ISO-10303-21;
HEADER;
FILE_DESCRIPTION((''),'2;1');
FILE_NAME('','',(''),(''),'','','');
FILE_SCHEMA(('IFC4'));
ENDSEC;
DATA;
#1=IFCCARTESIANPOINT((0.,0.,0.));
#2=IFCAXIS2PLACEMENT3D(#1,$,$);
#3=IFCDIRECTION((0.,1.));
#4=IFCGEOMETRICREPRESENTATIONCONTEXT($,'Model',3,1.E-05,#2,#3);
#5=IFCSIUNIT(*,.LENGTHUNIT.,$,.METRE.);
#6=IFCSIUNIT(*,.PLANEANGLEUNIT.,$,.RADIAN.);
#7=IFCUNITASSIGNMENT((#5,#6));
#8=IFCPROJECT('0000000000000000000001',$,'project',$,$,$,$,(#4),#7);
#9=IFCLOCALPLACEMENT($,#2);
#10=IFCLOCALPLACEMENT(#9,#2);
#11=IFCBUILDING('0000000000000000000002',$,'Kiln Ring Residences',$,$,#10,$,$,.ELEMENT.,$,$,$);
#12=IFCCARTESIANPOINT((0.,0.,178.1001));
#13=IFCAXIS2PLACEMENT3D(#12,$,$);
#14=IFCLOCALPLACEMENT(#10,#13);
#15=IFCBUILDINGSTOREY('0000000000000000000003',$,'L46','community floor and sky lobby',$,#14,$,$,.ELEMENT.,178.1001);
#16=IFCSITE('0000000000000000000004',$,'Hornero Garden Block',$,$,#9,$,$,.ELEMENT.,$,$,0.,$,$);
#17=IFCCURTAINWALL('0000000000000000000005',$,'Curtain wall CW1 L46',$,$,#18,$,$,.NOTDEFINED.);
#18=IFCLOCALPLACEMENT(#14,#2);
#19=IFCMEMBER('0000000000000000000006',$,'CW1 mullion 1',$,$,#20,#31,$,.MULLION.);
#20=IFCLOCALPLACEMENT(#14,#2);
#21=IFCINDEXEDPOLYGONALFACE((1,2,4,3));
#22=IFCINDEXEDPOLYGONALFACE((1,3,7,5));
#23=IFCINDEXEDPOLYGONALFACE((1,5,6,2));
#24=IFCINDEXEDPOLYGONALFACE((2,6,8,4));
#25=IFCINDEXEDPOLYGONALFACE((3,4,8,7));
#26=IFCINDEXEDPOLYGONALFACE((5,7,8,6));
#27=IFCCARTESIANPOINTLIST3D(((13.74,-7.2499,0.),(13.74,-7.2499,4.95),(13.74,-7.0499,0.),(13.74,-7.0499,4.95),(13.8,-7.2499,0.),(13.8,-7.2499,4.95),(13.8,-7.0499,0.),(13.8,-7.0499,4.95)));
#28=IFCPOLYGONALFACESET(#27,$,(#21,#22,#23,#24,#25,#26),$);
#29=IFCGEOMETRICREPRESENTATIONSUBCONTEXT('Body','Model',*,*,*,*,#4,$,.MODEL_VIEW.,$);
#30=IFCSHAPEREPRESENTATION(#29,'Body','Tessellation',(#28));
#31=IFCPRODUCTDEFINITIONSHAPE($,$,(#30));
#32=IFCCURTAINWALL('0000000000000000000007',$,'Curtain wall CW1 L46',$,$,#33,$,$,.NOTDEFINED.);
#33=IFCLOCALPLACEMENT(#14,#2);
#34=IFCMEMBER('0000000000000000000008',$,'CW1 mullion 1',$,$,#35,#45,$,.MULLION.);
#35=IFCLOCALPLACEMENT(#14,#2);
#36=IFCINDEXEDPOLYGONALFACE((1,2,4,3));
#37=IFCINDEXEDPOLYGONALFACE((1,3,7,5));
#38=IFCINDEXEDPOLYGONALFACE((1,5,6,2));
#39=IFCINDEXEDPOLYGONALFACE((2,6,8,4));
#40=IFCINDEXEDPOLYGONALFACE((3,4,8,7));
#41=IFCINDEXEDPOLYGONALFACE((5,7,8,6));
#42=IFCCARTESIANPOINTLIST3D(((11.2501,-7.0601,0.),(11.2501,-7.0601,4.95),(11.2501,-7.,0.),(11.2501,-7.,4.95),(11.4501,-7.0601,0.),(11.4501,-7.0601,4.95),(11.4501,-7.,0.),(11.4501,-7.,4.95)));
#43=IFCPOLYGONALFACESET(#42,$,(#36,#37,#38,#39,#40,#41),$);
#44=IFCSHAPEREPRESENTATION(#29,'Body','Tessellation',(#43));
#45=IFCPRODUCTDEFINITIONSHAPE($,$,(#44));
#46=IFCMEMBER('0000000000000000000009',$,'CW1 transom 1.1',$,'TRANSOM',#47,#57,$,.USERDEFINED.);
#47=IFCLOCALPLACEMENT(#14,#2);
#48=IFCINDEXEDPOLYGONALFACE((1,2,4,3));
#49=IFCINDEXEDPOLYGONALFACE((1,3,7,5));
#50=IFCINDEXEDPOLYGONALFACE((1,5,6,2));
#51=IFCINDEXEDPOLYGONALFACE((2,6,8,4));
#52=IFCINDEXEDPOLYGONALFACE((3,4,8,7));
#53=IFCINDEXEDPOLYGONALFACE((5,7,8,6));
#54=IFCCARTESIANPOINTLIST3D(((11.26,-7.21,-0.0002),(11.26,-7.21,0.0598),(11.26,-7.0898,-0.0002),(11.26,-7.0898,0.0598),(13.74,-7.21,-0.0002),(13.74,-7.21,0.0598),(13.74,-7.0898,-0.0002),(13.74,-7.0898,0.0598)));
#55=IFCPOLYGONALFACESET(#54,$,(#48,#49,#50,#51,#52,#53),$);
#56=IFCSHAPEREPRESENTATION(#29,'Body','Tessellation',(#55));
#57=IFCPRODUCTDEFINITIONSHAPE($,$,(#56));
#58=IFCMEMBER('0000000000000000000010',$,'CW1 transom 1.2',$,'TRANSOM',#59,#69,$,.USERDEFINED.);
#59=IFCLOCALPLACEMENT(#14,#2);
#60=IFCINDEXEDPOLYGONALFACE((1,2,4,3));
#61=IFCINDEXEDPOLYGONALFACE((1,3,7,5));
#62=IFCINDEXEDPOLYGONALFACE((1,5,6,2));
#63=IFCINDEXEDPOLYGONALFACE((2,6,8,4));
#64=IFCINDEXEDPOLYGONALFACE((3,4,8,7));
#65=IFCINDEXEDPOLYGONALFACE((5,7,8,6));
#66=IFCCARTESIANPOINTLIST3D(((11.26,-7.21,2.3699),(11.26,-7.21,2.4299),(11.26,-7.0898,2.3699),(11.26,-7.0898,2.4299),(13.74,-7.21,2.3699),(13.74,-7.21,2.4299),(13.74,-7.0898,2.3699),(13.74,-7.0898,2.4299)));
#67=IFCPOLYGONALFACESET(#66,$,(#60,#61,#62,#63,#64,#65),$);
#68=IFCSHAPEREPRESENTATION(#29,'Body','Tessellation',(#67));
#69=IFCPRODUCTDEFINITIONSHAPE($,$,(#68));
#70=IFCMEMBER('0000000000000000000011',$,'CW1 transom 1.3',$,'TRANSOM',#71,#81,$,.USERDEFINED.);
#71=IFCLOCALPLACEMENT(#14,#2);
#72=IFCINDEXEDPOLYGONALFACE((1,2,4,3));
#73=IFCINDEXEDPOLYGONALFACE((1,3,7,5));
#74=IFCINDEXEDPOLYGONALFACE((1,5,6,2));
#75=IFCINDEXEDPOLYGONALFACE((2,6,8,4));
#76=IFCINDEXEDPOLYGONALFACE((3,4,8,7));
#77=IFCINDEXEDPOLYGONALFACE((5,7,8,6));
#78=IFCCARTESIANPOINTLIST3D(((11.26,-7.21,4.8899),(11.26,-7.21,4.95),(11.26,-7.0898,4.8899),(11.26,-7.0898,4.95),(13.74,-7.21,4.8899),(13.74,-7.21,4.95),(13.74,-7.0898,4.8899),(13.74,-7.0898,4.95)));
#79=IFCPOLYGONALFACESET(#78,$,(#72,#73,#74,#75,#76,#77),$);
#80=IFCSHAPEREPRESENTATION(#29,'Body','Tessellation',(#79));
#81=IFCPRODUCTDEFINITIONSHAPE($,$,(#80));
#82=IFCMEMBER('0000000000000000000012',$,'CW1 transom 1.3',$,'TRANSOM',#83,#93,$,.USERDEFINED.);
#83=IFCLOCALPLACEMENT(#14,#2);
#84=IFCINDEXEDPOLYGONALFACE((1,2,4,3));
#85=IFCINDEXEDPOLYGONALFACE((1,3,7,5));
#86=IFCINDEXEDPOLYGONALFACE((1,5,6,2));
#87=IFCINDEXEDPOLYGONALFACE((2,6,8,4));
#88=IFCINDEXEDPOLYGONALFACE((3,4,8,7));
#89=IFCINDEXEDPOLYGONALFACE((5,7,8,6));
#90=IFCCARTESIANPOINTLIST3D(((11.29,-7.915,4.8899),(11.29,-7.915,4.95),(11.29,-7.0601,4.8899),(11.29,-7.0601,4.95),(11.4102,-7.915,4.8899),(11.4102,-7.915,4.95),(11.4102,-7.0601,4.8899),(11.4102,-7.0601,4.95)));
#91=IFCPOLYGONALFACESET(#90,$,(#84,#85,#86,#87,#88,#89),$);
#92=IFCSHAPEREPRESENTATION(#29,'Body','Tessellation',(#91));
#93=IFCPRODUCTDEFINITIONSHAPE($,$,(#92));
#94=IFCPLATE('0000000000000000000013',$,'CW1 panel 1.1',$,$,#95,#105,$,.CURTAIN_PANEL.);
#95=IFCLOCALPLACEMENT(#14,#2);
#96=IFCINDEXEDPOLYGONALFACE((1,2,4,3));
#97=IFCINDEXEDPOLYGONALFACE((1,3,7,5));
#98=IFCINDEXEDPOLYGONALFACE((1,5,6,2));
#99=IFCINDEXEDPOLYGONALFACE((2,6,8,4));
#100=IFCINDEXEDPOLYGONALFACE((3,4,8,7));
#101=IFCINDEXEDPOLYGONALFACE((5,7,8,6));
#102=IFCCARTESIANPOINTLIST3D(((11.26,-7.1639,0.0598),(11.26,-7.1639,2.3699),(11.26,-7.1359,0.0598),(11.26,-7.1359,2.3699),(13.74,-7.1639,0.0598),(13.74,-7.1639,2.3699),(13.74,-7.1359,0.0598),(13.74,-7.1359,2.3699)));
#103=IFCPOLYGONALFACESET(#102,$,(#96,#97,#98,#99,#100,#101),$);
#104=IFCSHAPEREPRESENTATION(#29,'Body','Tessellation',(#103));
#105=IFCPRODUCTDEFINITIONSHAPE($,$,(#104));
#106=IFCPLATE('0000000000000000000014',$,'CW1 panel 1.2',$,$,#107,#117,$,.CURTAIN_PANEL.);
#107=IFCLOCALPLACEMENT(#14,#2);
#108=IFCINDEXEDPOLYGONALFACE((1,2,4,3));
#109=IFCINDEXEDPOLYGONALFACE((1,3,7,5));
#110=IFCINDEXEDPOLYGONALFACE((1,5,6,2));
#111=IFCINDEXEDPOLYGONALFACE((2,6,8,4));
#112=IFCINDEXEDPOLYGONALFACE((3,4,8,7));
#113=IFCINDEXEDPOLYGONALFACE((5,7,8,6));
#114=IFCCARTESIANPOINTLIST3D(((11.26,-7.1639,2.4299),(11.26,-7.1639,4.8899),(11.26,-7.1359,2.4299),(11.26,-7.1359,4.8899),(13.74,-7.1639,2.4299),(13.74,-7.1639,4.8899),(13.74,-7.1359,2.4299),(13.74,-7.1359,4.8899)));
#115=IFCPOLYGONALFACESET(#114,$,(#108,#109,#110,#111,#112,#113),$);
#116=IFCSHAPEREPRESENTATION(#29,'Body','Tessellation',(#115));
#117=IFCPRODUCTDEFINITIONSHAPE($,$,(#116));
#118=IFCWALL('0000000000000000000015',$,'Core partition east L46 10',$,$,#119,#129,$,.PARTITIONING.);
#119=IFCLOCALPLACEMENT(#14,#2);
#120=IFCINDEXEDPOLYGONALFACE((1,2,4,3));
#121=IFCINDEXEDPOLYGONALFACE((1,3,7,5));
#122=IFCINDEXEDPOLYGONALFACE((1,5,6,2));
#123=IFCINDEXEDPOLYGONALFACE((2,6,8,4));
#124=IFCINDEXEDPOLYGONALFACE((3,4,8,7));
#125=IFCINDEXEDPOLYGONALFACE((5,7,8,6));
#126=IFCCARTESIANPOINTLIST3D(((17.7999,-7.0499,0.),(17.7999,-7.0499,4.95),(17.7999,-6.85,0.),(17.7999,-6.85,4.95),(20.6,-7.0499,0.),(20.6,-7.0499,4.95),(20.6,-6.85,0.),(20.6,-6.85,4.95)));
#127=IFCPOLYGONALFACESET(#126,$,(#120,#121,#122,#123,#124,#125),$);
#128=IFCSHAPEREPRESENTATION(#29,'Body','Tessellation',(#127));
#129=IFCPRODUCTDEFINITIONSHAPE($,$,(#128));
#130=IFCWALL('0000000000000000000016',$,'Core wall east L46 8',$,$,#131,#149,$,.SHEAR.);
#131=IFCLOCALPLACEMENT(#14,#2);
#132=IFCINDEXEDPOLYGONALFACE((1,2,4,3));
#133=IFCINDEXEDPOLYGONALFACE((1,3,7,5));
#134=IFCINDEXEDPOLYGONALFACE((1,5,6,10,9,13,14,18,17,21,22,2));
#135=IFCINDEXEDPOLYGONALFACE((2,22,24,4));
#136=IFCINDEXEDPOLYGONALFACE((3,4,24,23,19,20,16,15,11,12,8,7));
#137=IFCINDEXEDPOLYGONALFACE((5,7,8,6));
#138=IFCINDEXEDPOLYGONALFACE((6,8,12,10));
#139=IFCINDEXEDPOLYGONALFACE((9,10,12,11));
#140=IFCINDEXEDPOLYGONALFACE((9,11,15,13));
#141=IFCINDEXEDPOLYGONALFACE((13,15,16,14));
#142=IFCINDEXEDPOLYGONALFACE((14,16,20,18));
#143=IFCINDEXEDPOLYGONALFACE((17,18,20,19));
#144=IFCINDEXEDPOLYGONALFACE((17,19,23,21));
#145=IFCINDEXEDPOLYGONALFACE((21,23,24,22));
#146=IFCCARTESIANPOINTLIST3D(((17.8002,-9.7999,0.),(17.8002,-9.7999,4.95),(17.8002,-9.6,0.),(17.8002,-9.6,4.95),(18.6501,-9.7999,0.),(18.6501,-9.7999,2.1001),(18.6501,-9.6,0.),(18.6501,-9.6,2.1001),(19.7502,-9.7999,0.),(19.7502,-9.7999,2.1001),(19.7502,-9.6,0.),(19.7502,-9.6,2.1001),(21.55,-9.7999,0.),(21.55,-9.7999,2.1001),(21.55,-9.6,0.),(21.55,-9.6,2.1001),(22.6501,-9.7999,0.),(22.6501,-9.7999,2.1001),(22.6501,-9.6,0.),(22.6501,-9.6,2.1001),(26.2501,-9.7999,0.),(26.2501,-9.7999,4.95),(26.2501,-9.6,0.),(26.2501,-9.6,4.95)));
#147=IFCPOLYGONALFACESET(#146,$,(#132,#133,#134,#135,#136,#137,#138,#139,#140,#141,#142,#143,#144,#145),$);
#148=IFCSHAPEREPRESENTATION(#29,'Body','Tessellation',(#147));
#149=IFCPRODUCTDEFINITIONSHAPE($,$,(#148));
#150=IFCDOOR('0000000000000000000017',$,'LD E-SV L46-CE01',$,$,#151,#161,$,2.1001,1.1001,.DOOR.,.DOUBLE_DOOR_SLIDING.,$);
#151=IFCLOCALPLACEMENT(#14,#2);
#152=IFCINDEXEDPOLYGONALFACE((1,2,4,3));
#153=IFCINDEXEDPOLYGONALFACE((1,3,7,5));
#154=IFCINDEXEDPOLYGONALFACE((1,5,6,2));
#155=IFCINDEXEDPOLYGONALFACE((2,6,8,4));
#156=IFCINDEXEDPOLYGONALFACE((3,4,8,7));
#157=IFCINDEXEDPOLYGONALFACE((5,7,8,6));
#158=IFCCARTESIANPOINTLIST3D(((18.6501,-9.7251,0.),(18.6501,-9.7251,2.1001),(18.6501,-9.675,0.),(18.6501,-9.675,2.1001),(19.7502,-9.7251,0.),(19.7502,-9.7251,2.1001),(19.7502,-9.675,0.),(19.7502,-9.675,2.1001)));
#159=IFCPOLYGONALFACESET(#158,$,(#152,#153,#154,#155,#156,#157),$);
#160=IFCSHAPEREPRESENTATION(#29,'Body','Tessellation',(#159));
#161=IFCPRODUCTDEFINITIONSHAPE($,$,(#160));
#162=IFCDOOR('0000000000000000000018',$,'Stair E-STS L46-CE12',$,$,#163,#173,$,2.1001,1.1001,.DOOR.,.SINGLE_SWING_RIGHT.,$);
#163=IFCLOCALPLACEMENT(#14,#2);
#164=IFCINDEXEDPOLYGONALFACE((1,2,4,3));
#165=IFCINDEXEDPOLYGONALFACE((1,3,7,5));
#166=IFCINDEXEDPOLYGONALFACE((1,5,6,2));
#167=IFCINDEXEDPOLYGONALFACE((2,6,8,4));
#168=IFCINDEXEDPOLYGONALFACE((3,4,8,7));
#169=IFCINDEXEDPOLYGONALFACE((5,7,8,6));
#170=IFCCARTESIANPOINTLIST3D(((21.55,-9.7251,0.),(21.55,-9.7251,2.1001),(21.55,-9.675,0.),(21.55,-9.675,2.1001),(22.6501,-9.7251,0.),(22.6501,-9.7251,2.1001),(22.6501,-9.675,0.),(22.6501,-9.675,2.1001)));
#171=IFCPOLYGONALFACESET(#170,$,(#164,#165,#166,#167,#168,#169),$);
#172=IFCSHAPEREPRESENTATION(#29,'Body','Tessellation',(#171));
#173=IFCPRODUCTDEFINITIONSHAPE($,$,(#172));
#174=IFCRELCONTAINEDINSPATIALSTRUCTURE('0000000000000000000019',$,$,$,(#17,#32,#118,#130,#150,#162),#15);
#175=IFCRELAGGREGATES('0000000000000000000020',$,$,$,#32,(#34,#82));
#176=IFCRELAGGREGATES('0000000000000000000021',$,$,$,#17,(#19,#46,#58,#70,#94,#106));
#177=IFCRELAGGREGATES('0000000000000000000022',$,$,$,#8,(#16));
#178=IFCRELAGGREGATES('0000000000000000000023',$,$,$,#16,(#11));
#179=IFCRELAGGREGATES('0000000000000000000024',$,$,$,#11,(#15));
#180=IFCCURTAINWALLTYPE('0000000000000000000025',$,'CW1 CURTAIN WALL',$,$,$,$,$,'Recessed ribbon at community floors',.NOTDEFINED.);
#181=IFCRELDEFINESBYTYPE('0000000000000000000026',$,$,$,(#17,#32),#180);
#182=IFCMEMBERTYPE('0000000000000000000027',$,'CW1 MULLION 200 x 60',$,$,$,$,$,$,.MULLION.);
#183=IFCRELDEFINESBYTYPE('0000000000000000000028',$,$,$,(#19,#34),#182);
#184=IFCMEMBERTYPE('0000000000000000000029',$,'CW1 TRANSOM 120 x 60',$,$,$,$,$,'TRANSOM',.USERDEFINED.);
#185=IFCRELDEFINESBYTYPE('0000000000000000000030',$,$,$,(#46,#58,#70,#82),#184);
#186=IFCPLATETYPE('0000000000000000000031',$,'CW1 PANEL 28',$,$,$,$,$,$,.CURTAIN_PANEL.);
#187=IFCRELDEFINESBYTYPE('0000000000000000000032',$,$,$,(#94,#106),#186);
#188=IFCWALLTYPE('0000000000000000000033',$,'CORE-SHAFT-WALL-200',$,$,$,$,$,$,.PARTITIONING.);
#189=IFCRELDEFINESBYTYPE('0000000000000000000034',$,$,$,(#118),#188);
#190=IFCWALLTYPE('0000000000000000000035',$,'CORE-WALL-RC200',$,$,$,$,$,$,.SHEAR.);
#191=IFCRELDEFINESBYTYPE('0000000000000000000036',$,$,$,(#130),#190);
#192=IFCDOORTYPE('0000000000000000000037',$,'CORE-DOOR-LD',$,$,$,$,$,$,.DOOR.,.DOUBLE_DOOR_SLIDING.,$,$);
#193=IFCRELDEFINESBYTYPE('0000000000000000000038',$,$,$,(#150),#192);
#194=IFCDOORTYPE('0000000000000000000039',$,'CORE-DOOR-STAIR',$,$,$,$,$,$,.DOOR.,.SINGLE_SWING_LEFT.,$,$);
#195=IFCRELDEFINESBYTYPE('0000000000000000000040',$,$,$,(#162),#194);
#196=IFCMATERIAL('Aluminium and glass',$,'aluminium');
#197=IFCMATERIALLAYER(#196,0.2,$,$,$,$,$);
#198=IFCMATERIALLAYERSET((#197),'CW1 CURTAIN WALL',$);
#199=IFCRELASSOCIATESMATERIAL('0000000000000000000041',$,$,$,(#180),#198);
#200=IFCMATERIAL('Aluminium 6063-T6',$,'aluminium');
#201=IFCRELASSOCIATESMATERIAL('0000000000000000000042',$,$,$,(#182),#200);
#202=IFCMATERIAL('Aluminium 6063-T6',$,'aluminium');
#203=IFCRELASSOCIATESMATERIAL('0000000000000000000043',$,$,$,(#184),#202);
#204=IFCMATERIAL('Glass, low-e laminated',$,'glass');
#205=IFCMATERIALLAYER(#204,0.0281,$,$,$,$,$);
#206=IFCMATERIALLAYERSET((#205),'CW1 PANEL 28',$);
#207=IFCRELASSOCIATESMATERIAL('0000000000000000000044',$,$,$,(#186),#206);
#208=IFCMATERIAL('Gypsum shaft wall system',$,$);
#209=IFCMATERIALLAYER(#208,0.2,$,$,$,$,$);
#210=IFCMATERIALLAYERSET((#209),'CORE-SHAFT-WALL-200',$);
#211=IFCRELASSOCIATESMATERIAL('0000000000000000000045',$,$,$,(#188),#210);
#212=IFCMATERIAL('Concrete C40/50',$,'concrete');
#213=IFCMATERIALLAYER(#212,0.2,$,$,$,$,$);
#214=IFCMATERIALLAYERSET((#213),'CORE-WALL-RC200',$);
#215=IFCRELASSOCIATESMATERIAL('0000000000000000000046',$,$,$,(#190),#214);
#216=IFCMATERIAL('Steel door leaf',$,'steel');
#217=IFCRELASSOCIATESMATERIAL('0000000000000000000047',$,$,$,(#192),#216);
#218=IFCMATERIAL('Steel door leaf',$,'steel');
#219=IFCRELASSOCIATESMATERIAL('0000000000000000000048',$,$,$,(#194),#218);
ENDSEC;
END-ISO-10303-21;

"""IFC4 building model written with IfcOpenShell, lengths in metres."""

from ifc_helpers import new_model, si_unit, direction, frame, frame_2d, origin, origin_2d, place, context, subcontext, project, spatial, rectangle, extrude, material, layer, layer_set, material_profile, profile_set, type_object, element, fill, aggregate, save


model = new_model("IFC4")

# Units and contexts
model_context = context("Model", 3, precision=1e-05, world=origin(), true_north=direction((0.0, 1.0)))
body_context = subcontext(model_context, "Body", "Model", "MODEL_VIEW")
ifc_project = project(units=[si_unit("LENGTHUNIT", "METRE"), si_unit("PLANEANGLEUNIT", "RADIAN")], contexts=[model_context])

# Site, building, storey
site_placement = place(None, origin())
site = spatial("IfcSite", under=ifc_project, at=site_placement, Name="Hornero Garden Block", CompositionType="ELEMENT", RefElevation=0.0)
building_placement = place(site_placement, origin())
building = spatial("IfcBuilding", under=site, at=building_placement, Name="Kiln Ring Residences", CompositionType="ELEMENT")
storey_placement = place(building_placement, frame((0.0, 0.0, 178.1001)))
storey = spatial("IfcBuildingStorey", under=building, at=storey_placement, Name="L46", Description="community floor and sky lobby", CompositionType="ELEMENT", Elevation=178.1001)

# Curtain walls, members
ifc_material_1 = material(Name="Aluminium and glass", Category="aluminium")
ifc_layer_1 = layer(ifc_material_1, 0.2)
ifc_layer_set_1 = layer_set([ifc_layer_1], Name="CW1 CURTAIN WALL")
curtain_wall_type = type_object("IfcCurtainWallType", Name="CW1 CURTAIN WALL", ElementType="Recessed ribbon at community floors", PredefinedType="NOTDEFINED", material=ifc_layer_set_1)
placement = place(storey_placement, origin())
curtain_wall_1 = element("IfcCurtainWall", 1, at=placement, inside=storey, type_object=curtain_wall_type, Name="Curtain wall CW1 L46", PredefinedType="NOTDEFINED")
ifc_material_2 = material(Name="Aluminium 6063-T6", Category="aluminium")
ifc_material_profile_1 = material_profile(ifc_material_2, rectangle(XDim=0.2, YDim=0.0601, at=origin_2d()), Name="AL 200x60")
ifc_profile_set_1 = profile_set([ifc_material_profile_1], Name="Aluminium 6063-T6")
member_type_1 = type_object("IfcMemberType", Name="CW1 MULLION 200 x 60", PredefinedType="MULLION", material=ifc_profile_set_1)
member_1_placement = place(storey_placement, frame((13.77, -7.1499, 0.0), z_axis=(0.0, 0.0, 1.0), x_axis=(0.0, -1.0, 0.0)))
member_1 = element("IfcMember", 2, at=member_1_placement, type_object=member_type_1, Name="CW1 mullion 1", PredefinedType="MULLION", context=body_context, shape_type="SweptSolid", body=[
    extrude(rectangle(XDim=0.2, YDim=0.0601, at=origin_2d()), origin(), (0.0, 0.0, 1.0), 4.95),
])
curtain_wall_2 = element("IfcCurtainWall", 3, at=placement, inside=storey, type_object=curtain_wall_type, Name="Curtain wall CW1 L46", PredefinedType="NOTDEFINED")
member_2_placement = place(storey_placement, frame((11.3501, -7.03, 0.0), z_axis=(0.0, 0.0, 1.0), x_axis=(1.0, 0.0, 0.0)))
member_2 = element("IfcMember", 4, at=member_2_placement, type_object=member_type_1, Name="CW1 mullion 1", PredefinedType="MULLION", context=body_context, shape_type="SweptSolid", body=[
    extrude(rectangle(XDim=0.2, YDim=0.0601, at=origin_2d()), origin(), (0.0, 0.0, 1.0), 4.95),
])

# Members
ifc_material_3 = material(Name="Aluminium 6063-T6", Category="aluminium")
ifc_material_profile_2 = material_profile(ifc_material_3, rectangle(XDim=0.1201, YDim=0.0601, at=origin_2d()), Name="AL 120x60")
ifc_profile_set_2 = profile_set([ifc_material_profile_2], Name="Aluminium 6063-T6")
member_type_2 = type_object("IfcMemberType", Name="CW1 TRANSOM 120 x 60", ElementType="TRANSOM", PredefinedType="USERDEFINED", material=ifc_profile_set_2)
member_3_placement = place(storey_placement, frame((13.74, -7.1499, 0.0298), z_axis=(-1.0, 0.0, 0.0), x_axis=(0.0, -1.0, 0.0)))
member_3 = element("IfcMember", 5, at=member_3_placement, type_object=member_type_2, Name="CW1 transom 1.1", ObjectType="TRANSOM", PredefinedType="USERDEFINED", context=body_context, shape_type="SweptSolid", body=[
    extrude(rectangle(XDim=0.1201, YDim=0.0601, at=origin_2d()), origin(), (0.0, 0.0, 1.0), 2.48),
])
member_4_placement = place(storey_placement, frame((13.74, -7.1499, 2.3999), z_axis=(-1.0, 0.0, 0.0), x_axis=(0.0, -1.0, 0.0)))
member_4 = element("IfcMember", 6, at=member_4_placement, type_object=member_type_2, Name="CW1 transom 1.2", ObjectType="TRANSOM", PredefinedType="USERDEFINED", context=body_context, shape_type="SweptSolid", body=[
    extrude(rectangle(XDim=0.1201, YDim=0.0601, at=origin_2d()), origin(), (0.0, 0.0, 1.0), 2.48),
])
member_5_placement = place(storey_placement, frame((13.74, -7.1499, 4.9199), z_axis=(-1.0, 0.0, 0.0), x_axis=(0.0, -1.0, 0.0)))
member_5 = element("IfcMember", 7, at=member_5_placement, type_object=member_type_2, Name="CW1 transom 1.3", ObjectType="TRANSOM", PredefinedType="USERDEFINED", context=body_context, shape_type="SweptSolid", body=[
    extrude(rectangle(XDim=0.1201, YDim=0.0601, at=origin_2d()), origin(), (0.0, 0.0, 1.0), 2.48),
])
member_6_placement = place(storey_placement, frame((11.3501, -7.0601, 4.9199), z_axis=(0.0, -1.0, 0.0), x_axis=(1.0, 0.0, 0.0)))
member_6 = element("IfcMember", 8, at=member_6_placement, type_object=member_type_2, Name="CW1 transom 1.3", ObjectType="TRANSOM", PredefinedType="USERDEFINED", context=body_context, shape_type="SweptSolid", body=[
    extrude(rectangle(XDim=0.1201, YDim=0.0601, at=origin_2d()), origin(), (0.0, 0.0, 1.0), 0.855),
])
aggregate(curtain_wall_2, [member_2, member_6])

# Plates
ifc_material_4 = material(Name="Glass, low-e laminated", Category="glass")
ifc_layer_2 = layer(ifc_material_4, 0.0281)
ifc_layer_set_2 = layer_set([ifc_layer_2], Name="CW1 PANEL 28")
plate_type = type_object("IfcPlateType", Name="CW1 PANEL 28", PredefinedType="CURTAIN_PANEL", material=ifc_layer_set_2)
plate_1_placement = place(storey_placement, frame((12.5, -7.1499, 0.0598), z_axis=(0.0, 0.0, 1.0), x_axis=(-1.0, 0.0, 0.0)))
plate_1 = element("IfcPlate", 9, at=plate_1_placement, type_object=plate_type, Name="CW1 panel 1.1", PredefinedType="CURTAIN_PANEL", context=body_context, shape_type="SweptSolid", body=[
    extrude(rectangle(XDim=2.48, YDim=0.0281, at=origin_2d()), origin(), (0.0, 0.0, 1.0), 2.3101),
])
plate_2_placement = place(storey_placement, frame((12.5, -7.1499, 2.4299), z_axis=(0.0, 0.0, 1.0), x_axis=(-1.0, 0.0, 0.0)))
plate_2 = element("IfcPlate", 10, at=plate_2_placement, type_object=plate_type, Name="CW1 panel 1.2", PredefinedType="CURTAIN_PANEL", context=body_context, shape_type="SweptSolid", body=[
    extrude(rectangle(XDim=2.48, YDim=0.0281, at=origin_2d()), origin(), (0.0, 0.0, 1.0), 2.46),
])
aggregate(curtain_wall_1, [member_1, member_3, member_4, member_5, plate_1, plate_2])

# Wall
ifc_material_5 = material(Name="Gypsum shaft wall system")
ifc_layer_3 = layer(ifc_material_5, 0.2)
ifc_layer_set_3 = layer_set([ifc_layer_3], Name="CORE-SHAFT-WALL-200")
wall_type_1 = type_object("IfcWallType", Name="CORE-SHAFT-WALL-200", PredefinedType="PARTITIONING", material=ifc_layer_set_3)
wall_1_placement = place(storey_placement, frame((17.8, -6.95, 0.0), z_axis=(0.0, 0.0, 1.0), x_axis=(1.0, 0.0, 0.0)))
element("IfcWall", 11, at=wall_1_placement, inside=storey, type_object=wall_type_1, Name="Core partition east L46 10", PredefinedType="PARTITIONING", context=body_context, shape_type="SweptSolid", body=[
    extrude(rectangle(XDim=2.8, YDim=0.2, at=frame_2d((1.3999, 0.0))), origin(), (0.0, 0.0, 1.0), 4.95),
])

# Wall, openings, doors
ifc_material_6 = material(Name="Concrete C40/50", Category="concrete")
ifc_layer_4 = layer(ifc_material_6, 0.2)
ifc_layer_set_4 = layer_set([ifc_layer_4], Name="CORE-WALL-RC200")
wall_type_2 = type_object("IfcWallType", Name="CORE-WALL-RC200", PredefinedType="SHEAR", material=ifc_layer_set_4)
wall_2_placement = place(storey_placement, frame((17.8, -9.7, 0.0), z_axis=(0.0, 0.0, 1.0), x_axis=(1.0, 0.0, 0.0)))
wall_2 = element("IfcWall", 12, at=wall_2_placement, inside=storey, type_object=wall_type_2, Name="Core wall east L46 8", PredefinedType="SHEAR", context=body_context, shape_type="SweptSolid", body=[
    extrude(rectangle(XDim=8.45, YDim=0.2, at=frame_2d((4.2251, 0.0))), origin(), (0.0, 0.0, 1.0), 4.95),
])
opening_1_placement = place(wall_2_placement, frame((0.8501, 0.0, 0.0)))
opening_1 = element("IfcOpeningElement", 13, at=opening_1_placement, cuts=wall_2, PredefinedType="OPENING", context=body_context, shape_type="SweptSolid", body=[
    extrude(rectangle(XDim=1.1001, YDim=2.1001, at=frame_2d((0.55, 1.05))), frame((0.0, 0.1099, 0.0), z_axis=(0.0, -1.0, 0.0), x_axis=(1.0, 0.0, 0.0)), (0.0, 0.0, 1.0), 0.22),
])
opening_2_placement = place(wall_2_placement, frame((3.75, 0.0, 0.0)))
opening_2 = element("IfcOpeningElement", 14, at=opening_2_placement, cuts=wall_2, PredefinedType="OPENING", context=body_context, shape_type="SweptSolid", body=[
    extrude(rectangle(XDim=1.1001, YDim=2.1001, at=frame_2d((0.55, 1.05))), frame((0.0, 0.1099, 0.0), z_axis=(0.0, -1.0, 0.0), x_axis=(1.0, 0.0, 0.0)), (0.0, 0.0, 1.0), 0.22),
])
ifc_material_7 = material(Name="Steel door leaf", Category="steel")
door_type_1 = type_object("IfcDoorType", Name="CORE-DOOR-LD", OperationType="DOUBLE_DOOR_SLIDING", PredefinedType="DOOR", material=ifc_material_7)
door_1_placement = place(opening_1_placement, origin())
door_1 = element("IfcDoor", 15, at=door_1_placement, inside=storey, type_object=door_type_1, Name="LD E-SV L46-CE01", OperationType="DOUBLE_DOOR_SLIDING", OverallHeight=2.1001, OverallWidth=1.1001, PredefinedType="DOOR", context=body_context, shape_type="SweptSolid", body=[
    extrude(rectangle(XDim=1.1001, YDim=2.1001, at=frame_2d((0.55, 1.05))), frame((0.0, 0.0249, 0.0), z_axis=(0.0, -1.0, 0.0), x_axis=(1.0, 0.0, 0.0)), (0.0, 0.0, 1.0), 0.05),
])
fill(opening_1, door_1)
ifc_material_8 = material(Name="Steel door leaf", Category="steel")
door_type_2 = type_object("IfcDoorType", Name="CORE-DOOR-STAIR", OperationType="SINGLE_SWING_LEFT", PredefinedType="DOOR", material=ifc_material_8)
door_2_placement = place(opening_2_placement, origin())
door_2 = element("IfcDoor", 16, at=door_2_placement, inside=storey, type_object=door_type_2, Name="Stair E-STS L46-CE12", OperationType="SINGLE_SWING_RIGHT", OverallHeight=2.1001, OverallWidth=1.1001, PredefinedType="DOOR", context=body_context, shape_type="SweptSolid", body=[
    extrude(rectangle(XDim=1.1001, YDim=2.1001, at=frame_2d((0.55, 1.05))), frame((0.0, 0.0249, 0.0), z_axis=(0.0, -1.0, 0.0), x_axis=(1.0, 0.0, 0.0)), (0.0, 0.0, 1.0), 0.05),
])
fill(opening_2, door_2)

save(model, "model.ifc")
